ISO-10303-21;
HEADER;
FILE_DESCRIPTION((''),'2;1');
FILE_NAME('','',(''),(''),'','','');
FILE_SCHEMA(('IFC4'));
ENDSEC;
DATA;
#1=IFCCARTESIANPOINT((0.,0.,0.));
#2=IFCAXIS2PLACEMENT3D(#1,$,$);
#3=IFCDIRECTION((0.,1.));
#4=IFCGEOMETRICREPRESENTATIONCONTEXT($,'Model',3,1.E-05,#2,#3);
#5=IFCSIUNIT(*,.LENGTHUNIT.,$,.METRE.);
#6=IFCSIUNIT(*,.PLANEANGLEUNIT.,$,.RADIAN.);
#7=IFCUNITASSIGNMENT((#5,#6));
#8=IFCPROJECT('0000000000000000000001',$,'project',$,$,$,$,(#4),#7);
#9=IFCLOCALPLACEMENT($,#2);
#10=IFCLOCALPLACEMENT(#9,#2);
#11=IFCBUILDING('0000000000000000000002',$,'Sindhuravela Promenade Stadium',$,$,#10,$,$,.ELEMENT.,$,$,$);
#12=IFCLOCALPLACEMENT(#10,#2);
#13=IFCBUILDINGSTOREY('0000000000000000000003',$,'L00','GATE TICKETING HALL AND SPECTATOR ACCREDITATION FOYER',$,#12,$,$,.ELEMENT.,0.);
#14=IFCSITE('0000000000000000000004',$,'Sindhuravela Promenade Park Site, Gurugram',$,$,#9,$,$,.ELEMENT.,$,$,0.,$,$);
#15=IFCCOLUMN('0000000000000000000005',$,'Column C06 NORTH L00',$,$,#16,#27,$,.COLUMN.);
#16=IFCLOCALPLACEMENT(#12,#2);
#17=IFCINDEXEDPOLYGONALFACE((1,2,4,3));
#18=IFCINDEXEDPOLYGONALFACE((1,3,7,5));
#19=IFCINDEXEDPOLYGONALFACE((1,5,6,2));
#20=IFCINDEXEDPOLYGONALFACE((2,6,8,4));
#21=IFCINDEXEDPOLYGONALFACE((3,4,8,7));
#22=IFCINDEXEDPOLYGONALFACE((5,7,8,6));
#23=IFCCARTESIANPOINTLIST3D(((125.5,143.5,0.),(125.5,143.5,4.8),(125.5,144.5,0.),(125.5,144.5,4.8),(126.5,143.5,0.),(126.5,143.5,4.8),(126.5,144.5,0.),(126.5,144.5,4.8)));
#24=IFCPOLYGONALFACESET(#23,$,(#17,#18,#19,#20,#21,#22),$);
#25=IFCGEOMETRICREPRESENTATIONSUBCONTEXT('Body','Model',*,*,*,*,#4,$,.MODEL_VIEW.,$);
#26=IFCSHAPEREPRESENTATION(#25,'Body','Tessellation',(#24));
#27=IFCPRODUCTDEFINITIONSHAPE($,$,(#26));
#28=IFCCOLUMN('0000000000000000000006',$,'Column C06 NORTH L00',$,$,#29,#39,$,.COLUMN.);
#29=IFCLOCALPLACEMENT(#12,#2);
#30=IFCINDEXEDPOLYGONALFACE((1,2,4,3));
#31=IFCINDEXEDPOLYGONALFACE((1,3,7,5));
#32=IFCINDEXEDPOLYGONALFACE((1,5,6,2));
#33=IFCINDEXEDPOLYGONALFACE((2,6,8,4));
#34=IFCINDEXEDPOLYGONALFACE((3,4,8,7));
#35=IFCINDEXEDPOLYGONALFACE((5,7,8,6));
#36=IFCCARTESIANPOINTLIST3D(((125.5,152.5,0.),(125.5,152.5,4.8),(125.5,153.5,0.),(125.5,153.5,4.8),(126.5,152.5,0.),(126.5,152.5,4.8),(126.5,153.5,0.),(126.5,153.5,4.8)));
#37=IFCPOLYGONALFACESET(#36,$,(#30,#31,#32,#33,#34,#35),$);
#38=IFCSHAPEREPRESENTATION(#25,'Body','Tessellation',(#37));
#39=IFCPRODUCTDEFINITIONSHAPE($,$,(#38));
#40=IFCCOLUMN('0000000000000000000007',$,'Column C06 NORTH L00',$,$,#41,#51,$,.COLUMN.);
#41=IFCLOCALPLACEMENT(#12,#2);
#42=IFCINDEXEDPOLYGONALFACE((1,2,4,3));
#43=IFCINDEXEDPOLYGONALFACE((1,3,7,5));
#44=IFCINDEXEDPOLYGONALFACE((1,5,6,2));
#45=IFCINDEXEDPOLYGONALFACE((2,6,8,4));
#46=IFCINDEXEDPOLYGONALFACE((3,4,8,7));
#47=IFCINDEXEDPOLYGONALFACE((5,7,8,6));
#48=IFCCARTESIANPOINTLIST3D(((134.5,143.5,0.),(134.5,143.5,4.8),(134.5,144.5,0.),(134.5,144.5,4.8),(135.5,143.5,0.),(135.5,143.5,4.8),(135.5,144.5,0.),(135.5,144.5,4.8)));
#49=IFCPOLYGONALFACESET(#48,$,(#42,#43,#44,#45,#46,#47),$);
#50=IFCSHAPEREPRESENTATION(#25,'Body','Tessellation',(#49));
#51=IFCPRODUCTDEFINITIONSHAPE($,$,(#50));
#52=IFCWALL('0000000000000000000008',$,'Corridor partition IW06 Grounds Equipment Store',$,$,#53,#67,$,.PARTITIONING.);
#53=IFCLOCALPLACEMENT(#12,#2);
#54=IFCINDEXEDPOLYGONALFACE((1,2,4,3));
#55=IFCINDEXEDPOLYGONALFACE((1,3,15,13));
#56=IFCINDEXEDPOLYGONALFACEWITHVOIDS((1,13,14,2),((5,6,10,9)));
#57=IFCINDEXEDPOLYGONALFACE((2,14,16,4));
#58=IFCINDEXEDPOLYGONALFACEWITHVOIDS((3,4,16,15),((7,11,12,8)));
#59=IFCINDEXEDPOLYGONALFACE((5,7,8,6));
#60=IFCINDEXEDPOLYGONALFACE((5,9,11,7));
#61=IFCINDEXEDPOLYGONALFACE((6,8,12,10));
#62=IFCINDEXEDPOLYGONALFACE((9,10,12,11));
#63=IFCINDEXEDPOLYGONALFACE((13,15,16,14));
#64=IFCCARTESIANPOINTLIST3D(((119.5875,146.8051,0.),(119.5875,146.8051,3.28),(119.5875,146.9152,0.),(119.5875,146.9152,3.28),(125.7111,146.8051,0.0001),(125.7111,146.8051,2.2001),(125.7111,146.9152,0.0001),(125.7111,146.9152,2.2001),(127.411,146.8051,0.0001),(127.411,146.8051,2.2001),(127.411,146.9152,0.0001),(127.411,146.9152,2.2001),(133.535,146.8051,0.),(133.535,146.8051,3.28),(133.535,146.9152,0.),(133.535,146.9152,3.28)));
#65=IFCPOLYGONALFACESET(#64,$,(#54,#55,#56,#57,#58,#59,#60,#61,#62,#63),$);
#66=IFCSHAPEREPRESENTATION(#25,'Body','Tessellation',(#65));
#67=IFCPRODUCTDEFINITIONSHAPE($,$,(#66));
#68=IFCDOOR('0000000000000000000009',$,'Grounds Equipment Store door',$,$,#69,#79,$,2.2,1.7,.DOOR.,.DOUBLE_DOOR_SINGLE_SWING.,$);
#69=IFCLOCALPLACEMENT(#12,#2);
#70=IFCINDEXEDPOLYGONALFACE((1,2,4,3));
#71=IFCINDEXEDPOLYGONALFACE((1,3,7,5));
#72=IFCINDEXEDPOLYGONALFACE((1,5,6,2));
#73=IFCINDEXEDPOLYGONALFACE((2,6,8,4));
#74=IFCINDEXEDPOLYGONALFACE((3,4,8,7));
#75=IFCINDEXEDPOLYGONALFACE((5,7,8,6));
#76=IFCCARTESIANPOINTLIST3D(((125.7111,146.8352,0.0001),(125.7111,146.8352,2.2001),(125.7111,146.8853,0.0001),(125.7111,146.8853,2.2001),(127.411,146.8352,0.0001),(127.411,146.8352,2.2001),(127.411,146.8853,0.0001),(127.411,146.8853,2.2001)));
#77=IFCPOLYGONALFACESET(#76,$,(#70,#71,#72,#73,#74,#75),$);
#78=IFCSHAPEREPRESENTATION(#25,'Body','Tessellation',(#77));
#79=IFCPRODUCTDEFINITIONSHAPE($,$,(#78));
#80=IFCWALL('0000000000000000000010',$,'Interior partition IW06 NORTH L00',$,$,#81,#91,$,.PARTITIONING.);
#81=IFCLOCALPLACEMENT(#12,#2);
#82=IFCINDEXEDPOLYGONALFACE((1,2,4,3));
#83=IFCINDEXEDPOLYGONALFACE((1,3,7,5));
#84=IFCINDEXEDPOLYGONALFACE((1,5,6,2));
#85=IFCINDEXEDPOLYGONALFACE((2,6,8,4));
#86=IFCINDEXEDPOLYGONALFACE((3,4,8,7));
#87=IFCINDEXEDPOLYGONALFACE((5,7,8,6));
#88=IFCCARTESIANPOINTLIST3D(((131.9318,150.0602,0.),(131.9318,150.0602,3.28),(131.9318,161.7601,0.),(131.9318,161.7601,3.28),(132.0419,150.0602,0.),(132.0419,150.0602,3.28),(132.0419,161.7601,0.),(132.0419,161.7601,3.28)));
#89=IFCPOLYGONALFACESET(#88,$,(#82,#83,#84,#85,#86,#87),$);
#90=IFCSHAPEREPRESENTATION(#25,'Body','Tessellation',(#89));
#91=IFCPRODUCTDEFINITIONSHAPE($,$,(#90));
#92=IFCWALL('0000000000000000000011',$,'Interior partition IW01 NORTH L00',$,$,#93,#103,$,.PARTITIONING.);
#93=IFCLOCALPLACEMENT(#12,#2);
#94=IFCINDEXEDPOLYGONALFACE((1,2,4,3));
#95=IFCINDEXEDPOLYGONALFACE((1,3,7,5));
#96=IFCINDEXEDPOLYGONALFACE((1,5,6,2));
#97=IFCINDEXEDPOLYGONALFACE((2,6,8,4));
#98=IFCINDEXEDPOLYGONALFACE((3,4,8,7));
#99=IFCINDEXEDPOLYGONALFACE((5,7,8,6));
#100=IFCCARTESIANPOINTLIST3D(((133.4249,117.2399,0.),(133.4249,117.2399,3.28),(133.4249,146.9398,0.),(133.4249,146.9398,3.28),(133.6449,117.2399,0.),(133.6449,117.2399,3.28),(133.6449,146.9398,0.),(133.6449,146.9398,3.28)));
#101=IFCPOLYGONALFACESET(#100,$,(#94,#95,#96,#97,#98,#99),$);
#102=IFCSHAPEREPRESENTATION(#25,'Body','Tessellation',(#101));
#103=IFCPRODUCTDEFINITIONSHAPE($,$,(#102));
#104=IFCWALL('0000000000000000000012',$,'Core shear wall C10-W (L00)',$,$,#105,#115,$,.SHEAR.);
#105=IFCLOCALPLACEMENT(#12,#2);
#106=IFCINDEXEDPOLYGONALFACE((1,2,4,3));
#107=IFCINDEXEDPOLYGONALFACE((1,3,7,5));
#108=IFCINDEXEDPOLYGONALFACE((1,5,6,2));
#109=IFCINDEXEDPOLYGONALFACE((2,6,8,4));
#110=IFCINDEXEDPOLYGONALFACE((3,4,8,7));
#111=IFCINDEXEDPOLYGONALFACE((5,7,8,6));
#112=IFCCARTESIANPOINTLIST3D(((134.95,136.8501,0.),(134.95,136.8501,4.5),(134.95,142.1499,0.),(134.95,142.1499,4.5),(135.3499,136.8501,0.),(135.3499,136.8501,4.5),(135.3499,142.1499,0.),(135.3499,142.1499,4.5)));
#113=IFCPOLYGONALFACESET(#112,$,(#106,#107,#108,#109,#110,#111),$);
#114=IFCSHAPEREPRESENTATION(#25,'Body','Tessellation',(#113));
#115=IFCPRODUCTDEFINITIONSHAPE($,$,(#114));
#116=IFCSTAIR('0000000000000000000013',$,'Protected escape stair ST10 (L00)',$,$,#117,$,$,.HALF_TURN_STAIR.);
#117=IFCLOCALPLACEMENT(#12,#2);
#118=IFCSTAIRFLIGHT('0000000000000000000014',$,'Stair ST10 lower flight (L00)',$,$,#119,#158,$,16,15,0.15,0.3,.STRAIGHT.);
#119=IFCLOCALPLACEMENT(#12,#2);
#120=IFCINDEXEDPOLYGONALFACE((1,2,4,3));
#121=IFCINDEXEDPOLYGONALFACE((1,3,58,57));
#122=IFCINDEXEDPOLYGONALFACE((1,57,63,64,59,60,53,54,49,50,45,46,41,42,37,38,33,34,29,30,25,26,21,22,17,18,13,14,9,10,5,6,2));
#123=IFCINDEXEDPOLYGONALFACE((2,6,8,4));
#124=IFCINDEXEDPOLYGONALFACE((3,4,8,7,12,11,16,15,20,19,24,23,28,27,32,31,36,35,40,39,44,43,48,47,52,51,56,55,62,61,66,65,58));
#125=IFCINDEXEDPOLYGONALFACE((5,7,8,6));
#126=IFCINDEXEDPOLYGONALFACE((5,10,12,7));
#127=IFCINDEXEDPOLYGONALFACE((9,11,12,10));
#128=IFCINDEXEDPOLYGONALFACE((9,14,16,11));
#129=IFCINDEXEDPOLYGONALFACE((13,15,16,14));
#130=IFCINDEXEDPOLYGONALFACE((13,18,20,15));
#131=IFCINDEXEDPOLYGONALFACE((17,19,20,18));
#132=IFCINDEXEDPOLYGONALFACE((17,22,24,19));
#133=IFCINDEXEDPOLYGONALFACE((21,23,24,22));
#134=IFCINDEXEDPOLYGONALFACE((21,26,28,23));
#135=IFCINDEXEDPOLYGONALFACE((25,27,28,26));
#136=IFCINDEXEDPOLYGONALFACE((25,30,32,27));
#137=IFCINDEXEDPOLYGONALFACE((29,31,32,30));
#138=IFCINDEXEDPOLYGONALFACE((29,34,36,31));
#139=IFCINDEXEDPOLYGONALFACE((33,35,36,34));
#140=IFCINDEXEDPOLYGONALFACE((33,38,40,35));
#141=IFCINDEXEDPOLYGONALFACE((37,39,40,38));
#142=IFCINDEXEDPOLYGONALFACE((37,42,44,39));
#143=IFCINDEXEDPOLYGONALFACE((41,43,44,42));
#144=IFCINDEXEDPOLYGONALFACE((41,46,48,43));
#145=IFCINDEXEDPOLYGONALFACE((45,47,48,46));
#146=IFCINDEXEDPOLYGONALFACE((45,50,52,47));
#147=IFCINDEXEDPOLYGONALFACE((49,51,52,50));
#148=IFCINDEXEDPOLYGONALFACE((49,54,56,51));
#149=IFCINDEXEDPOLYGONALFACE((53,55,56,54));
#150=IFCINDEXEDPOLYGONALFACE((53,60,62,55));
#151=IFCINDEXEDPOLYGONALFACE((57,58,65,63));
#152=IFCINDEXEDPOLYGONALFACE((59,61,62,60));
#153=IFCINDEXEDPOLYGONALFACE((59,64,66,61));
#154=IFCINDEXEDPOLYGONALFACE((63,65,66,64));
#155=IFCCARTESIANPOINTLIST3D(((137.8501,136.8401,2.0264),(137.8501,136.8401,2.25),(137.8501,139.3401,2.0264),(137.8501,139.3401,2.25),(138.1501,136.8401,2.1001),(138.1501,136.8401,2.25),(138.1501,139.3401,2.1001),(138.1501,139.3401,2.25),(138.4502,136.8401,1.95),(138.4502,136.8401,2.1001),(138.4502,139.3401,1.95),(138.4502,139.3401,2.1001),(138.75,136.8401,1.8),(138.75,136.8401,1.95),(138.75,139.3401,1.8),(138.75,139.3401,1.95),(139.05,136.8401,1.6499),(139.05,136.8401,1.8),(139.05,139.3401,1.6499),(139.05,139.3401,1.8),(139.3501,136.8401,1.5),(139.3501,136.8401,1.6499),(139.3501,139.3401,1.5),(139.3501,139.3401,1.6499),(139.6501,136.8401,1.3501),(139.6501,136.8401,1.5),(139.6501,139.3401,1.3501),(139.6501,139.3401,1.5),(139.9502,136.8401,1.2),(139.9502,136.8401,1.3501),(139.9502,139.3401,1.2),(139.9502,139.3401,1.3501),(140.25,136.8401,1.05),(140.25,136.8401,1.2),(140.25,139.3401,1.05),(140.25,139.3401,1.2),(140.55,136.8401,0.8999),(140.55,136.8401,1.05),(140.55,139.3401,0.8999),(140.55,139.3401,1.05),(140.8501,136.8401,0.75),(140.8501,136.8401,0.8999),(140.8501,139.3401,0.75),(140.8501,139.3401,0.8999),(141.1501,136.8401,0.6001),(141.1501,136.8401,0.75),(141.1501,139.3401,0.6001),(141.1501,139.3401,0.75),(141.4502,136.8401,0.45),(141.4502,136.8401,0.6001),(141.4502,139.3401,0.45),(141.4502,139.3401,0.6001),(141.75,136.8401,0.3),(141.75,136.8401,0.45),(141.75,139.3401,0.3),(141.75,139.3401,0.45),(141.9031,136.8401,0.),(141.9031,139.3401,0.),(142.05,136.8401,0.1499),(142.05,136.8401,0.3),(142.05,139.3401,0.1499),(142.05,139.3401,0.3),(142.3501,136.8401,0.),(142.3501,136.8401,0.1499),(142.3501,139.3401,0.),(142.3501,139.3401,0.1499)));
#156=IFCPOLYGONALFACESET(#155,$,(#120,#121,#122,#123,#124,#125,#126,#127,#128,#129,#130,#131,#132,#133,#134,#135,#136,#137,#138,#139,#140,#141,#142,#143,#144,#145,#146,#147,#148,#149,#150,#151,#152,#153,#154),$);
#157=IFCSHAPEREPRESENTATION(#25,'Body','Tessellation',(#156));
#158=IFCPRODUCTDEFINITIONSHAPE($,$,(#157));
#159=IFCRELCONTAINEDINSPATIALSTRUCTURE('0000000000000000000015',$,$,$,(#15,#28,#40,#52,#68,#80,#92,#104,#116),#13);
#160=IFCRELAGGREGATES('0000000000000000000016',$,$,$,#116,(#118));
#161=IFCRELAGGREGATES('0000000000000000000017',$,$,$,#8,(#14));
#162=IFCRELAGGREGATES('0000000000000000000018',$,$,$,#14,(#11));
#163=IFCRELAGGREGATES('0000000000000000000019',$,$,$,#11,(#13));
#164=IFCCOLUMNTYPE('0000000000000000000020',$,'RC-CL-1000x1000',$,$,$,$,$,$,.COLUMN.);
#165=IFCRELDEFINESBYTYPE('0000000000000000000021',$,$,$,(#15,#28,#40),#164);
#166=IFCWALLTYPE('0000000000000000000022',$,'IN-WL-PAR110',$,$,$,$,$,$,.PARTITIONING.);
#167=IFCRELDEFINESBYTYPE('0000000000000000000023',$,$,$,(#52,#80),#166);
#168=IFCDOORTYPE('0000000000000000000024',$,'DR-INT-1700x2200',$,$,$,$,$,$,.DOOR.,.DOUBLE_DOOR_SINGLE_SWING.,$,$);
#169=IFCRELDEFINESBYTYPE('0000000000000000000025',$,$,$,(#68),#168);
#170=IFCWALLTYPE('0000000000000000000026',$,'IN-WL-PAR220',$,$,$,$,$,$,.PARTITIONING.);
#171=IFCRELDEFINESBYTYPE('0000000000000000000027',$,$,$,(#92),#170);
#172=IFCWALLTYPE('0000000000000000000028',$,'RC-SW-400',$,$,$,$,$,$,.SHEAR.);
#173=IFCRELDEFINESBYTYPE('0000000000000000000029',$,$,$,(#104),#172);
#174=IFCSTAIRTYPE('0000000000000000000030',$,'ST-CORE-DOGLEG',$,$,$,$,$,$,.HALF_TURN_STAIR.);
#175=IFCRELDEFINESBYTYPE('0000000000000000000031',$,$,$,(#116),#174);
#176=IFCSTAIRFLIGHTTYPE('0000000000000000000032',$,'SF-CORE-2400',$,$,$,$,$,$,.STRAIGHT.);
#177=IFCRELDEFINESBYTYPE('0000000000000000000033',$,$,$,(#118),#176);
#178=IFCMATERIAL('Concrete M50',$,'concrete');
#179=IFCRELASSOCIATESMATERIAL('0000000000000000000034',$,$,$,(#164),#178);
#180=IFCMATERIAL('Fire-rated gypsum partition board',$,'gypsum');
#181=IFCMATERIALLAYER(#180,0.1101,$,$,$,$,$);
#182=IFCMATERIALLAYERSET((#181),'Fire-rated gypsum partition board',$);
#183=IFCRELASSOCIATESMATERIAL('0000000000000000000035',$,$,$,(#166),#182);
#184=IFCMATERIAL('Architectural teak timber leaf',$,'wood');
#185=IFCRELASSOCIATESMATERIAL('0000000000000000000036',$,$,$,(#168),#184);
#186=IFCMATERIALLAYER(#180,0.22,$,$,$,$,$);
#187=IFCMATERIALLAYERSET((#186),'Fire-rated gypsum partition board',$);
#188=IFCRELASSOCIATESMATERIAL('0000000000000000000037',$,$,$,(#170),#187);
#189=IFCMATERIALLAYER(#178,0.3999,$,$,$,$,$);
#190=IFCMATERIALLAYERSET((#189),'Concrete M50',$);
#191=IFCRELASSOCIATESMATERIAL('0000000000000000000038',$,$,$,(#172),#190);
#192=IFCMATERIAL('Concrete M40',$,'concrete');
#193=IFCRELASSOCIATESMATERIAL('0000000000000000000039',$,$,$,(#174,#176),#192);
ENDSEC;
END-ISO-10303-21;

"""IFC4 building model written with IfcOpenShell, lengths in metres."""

from ifc_helpers import new_model, si_unit, direction, frame, frame_2d, origin, origin_2d, place, context, subcontext, project, spatial, polyline, rectangle, outline, extrude, material, layer, layer_set, material_profile, profile_set, type_object, element, fill, aggregate, save


model = new_model("IFC4")

# Units and contexts
model_context = context("Model", 3, precision=1e-05, world=origin(), true_north=direction((0.0, 1.0)))
body_context = subcontext(model_context, "Body", "Model", "MODEL_VIEW")
ifc_project = project(units=[si_unit("LENGTHUNIT", "METRE"), si_unit("PLANEANGLEUNIT", "RADIAN")], contexts=[model_context])

# Site, building, storey
site_placement = place(None, origin())
site = spatial("IfcSite", under=ifc_project, at=site_placement, Name="Sindhuravela Promenade Park Site, Gurugram", CompositionType="ELEMENT", RefElevation=0.0)
building_placement = place(site_placement, origin())
building = spatial("IfcBuilding", under=site, at=building_placement, Name="Sindhuravela Promenade Stadium", CompositionType="ELEMENT")
storey_placement = place(building_placement, origin())
storey = spatial("IfcBuildingStorey", under=building, at=storey_placement, Name="L00", Description="GATE TICKETING HALL AND SPECTATOR ACCREDITATION FOYER", CompositionType="ELEMENT", Elevation=0.0)

# Shared definitions
ifc_material_1 = material(Name="Concrete M50", Category="concrete")

# Shared definitions
ifc_material_2 = material(Name="Concrete M40", Category="concrete")

# Columns
ifc_material_profile_1 = material_profile(ifc_material_1, rectangle(XDim=1.0, YDim=1.0, at=origin_2d()), Name="RC 1000x1000")
ifc_profile_set_1 = profile_set([ifc_material_profile_1], Name="Concrete M50")
column_type = type_object("IfcColumnType", Name="RC-CL-1000x1000", PredefinedType="COLUMN", material=ifc_profile_set_1)
for number, where, z_axis, x_axis, name in (
    (1, (126.0, 144.0, 0.0), (0.0, 0.0, 1.0), (1.0, 0.0, 0.0), "Column C06 NORTH L00"),
    (2, (126.0, 153.0, 0.0), (0.0, 0.0, 1.0), (1.0, 0.0, 0.0), "Column C06 NORTH L00"),
    (3, (135.0, 144.0, 0.0), (0.0, 0.0, 1.0), (1.0, 0.0, 0.0), "Column C06 NORTH L00"),
):
    element("IfcColumn", number, at=place(storey_placement, frame(where, z_axis=z_axis, x_axis=x_axis)), inside=storey, type_object=column_type, Name=name, PredefinedType="COLUMN", context=body_context, shape_type="SweptSolid", body=[
        extrude(rectangle(XDim=1.0, YDim=1.0, at=origin_2d()), origin(), (0.0, 0.0, 1.0), 4.8),
    ])

# Wall, opening, door
ifc_material_3 = material(Name="Fire-rated gypsum partition board", Category="gypsum")
ifc_layer_1 = layer(ifc_material_3, 0.1101)
ifc_layer_set_1 = layer_set([ifc_layer_1], Name="Fire-rated gypsum partition board")
wall_type_1 = type_object("IfcWallType", Name="IN-WL-PAR110", PredefinedType="PARTITIONING", material=ifc_layer_set_1)
wall_1_placement = place(storey_placement, frame((133.5349, 146.8601, 0.0), z_axis=(0.0, 0.0, 1.0), x_axis=(-1.0, 0.0, 0.0)))
wall_1 = element("IfcWall", 4, at=wall_1_placement, inside=storey, type_object=wall_type_1, Name="Corridor partition IW06 Grounds Equipment Store", PredefinedType="PARTITIONING", context=body_context, shape_type="SweptSolid", body=[
    extrude(rectangle(XDim=13.9475, YDim=0.1101, at=frame_2d((6.9736, 0.0))), origin(), (0.0, 0.0, 1.0), 3.28),
])
opening_placement = place(wall_1_placement, frame((6.1238, 0.0, 0.0)))
opening = element("IfcOpeningElement", 5, at=opening_placement, cuts=wall_1, PredefinedType="OPENING", context=body_context, shape_type="SweptSolid", body=[
    extrude(rectangle(XDim=1.7, YDim=2.2, at=frame_2d((0.8501, 1.1001))), frame((0.0, 0.0649, 0.0), z_axis=(0.0, -1.0, 0.0), x_axis=(1.0, 0.0, 0.0)), (0.0, 0.0, 1.0), 0.1301),
])
ifc_material_4 = material(Name="Architectural teak timber leaf", Category="wood")
door_type = type_object("IfcDoorType", Name="DR-INT-1700x2200", OperationType="DOUBLE_DOOR_SINGLE_SWING", PredefinedType="DOOR", material=ifc_material_4)
door_placement = place(opening_placement, origin())
door = element("IfcDoor", 6, at=door_placement, inside=storey, type_object=door_type, Name="Grounds Equipment Store door", OperationType="DOUBLE_DOOR_SINGLE_SWING", OverallHeight=2.2, OverallWidth=1.7, PredefinedType="DOOR", context=body_context, shape_type="SweptSolid", body=[
    extrude(rectangle(XDim=1.7, YDim=2.2, at=frame_2d((0.8501, 1.1001))), frame((0.0, 0.0249, 0.0), z_axis=(0.0, -1.0, 0.0), x_axis=(1.0, 0.0, 0.0)), (0.0, 0.0, 1.0), 0.05),
])
fill(opening, door)

# Walls
wall_2_placement = place(storey_placement, frame((131.9868, 150.0601, 0.0), z_axis=(0.0, 0.0, 1.0), x_axis=(0.0, 1.0, 0.0)))
element("IfcWall", 7, at=wall_2_placement, inside=storey, type_object=wall_type_1, Name="Interior partition IW06 NORTH L00", PredefinedType="PARTITIONING", context=body_context, shape_type="SweptSolid", body=[
    extrude(rectangle(XDim=11.7, YDim=0.1101, at=frame_2d((5.8501, 0.0))), origin(), (0.0, 0.0, 1.0), 3.28),
])
ifc_layer_2 = layer(ifc_material_3, 0.22)
ifc_layer_set_2 = layer_set([ifc_layer_2], Name="Fire-rated gypsum partition board")
wall_type_2 = type_object("IfcWallType", Name="IN-WL-PAR220", PredefinedType="PARTITIONING", material=ifc_layer_set_2)
wall_3_placement = place(storey_placement, frame((133.5349, 146.9399, 0.0), z_axis=(0.0, 0.0, 1.0), x_axis=(0.0, -1.0, 0.0)))
element("IfcWall", 8, at=wall_3_placement, inside=storey, type_object=wall_type_2, Name="Interior partition IW01 NORTH L00", PredefinedType="PARTITIONING", context=body_context, shape_type="SweptSolid", body=[
    extrude(rectangle(XDim=29.7, YDim=0.22, at=frame_2d((14.8501, 0.0))), origin(), (0.0, 0.0, 1.0), 3.28),
])
ifc_layer_3 = layer(ifc_material_1, 0.3999)
ifc_layer_set_3 = layer_set([ifc_layer_3], Name="Concrete M50")
wall_type_3 = type_object("IfcWallType", Name="RC-SW-400", PredefinedType="SHEAR", material=ifc_layer_set_3)
wall_4_placement = place(storey_placement, frame((135.1499, 142.1499, 0.0), z_axis=(0.0, 0.0, 1.0), x_axis=(0.0, -1.0, 0.0)))
element("IfcWall", 9, at=wall_4_placement, inside=storey, type_object=wall_type_3, Name="Core shear wall C10-W (L00)", PredefinedType="SHEAR", context=body_context, shape_type="SweptSolid", body=[
    extrude(rectangle(XDim=5.2998, YDim=0.3999, at=frame_2d((2.6499, 0.0))), origin(), (0.0, 0.0, 1.0), 4.5),
])

# Stair, stair flight
stair_type = type_object("IfcStairType", Name="ST-CORE-DOGLEG", PredefinedType="HALF_TURN_STAIR", material=ifc_material_2)
stair_placement = place(storey_placement, origin())
stair = element("IfcStair", 10, at=stair_placement, inside=storey, type_object=stair_type, Name="Protected escape stair ST10 (L00)", PredefinedType="HALF_TURN_STAIR")
stair_flight_type = type_object("IfcStairFlightType", Name="SF-CORE-2400", PredefinedType="STRAIGHT", material=ifc_material_2)
stair_flight_1_placement = place(storey_placement, frame((142.3501, 138.0901, 0.0), z_axis=(0.0, 0.0, 1.0), x_axis=(-1.0, 0.0, 0.0)))
stair_flight_1 = element("IfcStairFlight", 11, at=stair_flight_1_placement, type_object=stair_flight_type, Name="Stair ST10 lower flight (L00)", NumberOfRisers=16, NumberOfTreads=15, PredefinedType="STRAIGHT", RiserHeight=0.15, TreadLength=0.3, context=body_context, shape_type="SweptSolid", body=[
    extrude(outline(polyline([(0.0, 0.0), (0.0, 0.1499), (0.3, 0.1499), (0.3, 0.3), (0.6001, 0.3), (0.6001, 0.45), (0.8999, 0.45), (0.8999, 0.6001), (1.2, 0.6001), (1.2, 0.75), (1.5, 0.75), (1.5, 0.8999), (1.8, 0.8999), (1.8, 1.05), (2.1001, 1.05), (2.1001, 1.2), (2.3999, 1.2), (2.3999, 1.3501), (2.7, 1.3501), (2.7, 1.5), (3.0, 1.5), (3.0, 1.6499), (3.3, 1.6499), (3.3, 1.8), (3.6001, 1.8), (3.6001, 1.95), (3.8999, 1.95), (3.8999, 2.1001), (4.2, 2.1001), (4.2, 2.25), (4.5, 2.25), (4.5, 2.3999), (4.5, 2.0264), (0.447, 0.0), (0.0, 0.0)])), frame((0.0, 1.25, 0.0), z_axis=(0.0, -1.0, 0.0), x_axis=(1.0, 0.0, 0.0)), (0.0, 0.0, 1.0), 2.5),
])
aggregate(stair, [stair_flight_1])

save(model, "model.ifc")
